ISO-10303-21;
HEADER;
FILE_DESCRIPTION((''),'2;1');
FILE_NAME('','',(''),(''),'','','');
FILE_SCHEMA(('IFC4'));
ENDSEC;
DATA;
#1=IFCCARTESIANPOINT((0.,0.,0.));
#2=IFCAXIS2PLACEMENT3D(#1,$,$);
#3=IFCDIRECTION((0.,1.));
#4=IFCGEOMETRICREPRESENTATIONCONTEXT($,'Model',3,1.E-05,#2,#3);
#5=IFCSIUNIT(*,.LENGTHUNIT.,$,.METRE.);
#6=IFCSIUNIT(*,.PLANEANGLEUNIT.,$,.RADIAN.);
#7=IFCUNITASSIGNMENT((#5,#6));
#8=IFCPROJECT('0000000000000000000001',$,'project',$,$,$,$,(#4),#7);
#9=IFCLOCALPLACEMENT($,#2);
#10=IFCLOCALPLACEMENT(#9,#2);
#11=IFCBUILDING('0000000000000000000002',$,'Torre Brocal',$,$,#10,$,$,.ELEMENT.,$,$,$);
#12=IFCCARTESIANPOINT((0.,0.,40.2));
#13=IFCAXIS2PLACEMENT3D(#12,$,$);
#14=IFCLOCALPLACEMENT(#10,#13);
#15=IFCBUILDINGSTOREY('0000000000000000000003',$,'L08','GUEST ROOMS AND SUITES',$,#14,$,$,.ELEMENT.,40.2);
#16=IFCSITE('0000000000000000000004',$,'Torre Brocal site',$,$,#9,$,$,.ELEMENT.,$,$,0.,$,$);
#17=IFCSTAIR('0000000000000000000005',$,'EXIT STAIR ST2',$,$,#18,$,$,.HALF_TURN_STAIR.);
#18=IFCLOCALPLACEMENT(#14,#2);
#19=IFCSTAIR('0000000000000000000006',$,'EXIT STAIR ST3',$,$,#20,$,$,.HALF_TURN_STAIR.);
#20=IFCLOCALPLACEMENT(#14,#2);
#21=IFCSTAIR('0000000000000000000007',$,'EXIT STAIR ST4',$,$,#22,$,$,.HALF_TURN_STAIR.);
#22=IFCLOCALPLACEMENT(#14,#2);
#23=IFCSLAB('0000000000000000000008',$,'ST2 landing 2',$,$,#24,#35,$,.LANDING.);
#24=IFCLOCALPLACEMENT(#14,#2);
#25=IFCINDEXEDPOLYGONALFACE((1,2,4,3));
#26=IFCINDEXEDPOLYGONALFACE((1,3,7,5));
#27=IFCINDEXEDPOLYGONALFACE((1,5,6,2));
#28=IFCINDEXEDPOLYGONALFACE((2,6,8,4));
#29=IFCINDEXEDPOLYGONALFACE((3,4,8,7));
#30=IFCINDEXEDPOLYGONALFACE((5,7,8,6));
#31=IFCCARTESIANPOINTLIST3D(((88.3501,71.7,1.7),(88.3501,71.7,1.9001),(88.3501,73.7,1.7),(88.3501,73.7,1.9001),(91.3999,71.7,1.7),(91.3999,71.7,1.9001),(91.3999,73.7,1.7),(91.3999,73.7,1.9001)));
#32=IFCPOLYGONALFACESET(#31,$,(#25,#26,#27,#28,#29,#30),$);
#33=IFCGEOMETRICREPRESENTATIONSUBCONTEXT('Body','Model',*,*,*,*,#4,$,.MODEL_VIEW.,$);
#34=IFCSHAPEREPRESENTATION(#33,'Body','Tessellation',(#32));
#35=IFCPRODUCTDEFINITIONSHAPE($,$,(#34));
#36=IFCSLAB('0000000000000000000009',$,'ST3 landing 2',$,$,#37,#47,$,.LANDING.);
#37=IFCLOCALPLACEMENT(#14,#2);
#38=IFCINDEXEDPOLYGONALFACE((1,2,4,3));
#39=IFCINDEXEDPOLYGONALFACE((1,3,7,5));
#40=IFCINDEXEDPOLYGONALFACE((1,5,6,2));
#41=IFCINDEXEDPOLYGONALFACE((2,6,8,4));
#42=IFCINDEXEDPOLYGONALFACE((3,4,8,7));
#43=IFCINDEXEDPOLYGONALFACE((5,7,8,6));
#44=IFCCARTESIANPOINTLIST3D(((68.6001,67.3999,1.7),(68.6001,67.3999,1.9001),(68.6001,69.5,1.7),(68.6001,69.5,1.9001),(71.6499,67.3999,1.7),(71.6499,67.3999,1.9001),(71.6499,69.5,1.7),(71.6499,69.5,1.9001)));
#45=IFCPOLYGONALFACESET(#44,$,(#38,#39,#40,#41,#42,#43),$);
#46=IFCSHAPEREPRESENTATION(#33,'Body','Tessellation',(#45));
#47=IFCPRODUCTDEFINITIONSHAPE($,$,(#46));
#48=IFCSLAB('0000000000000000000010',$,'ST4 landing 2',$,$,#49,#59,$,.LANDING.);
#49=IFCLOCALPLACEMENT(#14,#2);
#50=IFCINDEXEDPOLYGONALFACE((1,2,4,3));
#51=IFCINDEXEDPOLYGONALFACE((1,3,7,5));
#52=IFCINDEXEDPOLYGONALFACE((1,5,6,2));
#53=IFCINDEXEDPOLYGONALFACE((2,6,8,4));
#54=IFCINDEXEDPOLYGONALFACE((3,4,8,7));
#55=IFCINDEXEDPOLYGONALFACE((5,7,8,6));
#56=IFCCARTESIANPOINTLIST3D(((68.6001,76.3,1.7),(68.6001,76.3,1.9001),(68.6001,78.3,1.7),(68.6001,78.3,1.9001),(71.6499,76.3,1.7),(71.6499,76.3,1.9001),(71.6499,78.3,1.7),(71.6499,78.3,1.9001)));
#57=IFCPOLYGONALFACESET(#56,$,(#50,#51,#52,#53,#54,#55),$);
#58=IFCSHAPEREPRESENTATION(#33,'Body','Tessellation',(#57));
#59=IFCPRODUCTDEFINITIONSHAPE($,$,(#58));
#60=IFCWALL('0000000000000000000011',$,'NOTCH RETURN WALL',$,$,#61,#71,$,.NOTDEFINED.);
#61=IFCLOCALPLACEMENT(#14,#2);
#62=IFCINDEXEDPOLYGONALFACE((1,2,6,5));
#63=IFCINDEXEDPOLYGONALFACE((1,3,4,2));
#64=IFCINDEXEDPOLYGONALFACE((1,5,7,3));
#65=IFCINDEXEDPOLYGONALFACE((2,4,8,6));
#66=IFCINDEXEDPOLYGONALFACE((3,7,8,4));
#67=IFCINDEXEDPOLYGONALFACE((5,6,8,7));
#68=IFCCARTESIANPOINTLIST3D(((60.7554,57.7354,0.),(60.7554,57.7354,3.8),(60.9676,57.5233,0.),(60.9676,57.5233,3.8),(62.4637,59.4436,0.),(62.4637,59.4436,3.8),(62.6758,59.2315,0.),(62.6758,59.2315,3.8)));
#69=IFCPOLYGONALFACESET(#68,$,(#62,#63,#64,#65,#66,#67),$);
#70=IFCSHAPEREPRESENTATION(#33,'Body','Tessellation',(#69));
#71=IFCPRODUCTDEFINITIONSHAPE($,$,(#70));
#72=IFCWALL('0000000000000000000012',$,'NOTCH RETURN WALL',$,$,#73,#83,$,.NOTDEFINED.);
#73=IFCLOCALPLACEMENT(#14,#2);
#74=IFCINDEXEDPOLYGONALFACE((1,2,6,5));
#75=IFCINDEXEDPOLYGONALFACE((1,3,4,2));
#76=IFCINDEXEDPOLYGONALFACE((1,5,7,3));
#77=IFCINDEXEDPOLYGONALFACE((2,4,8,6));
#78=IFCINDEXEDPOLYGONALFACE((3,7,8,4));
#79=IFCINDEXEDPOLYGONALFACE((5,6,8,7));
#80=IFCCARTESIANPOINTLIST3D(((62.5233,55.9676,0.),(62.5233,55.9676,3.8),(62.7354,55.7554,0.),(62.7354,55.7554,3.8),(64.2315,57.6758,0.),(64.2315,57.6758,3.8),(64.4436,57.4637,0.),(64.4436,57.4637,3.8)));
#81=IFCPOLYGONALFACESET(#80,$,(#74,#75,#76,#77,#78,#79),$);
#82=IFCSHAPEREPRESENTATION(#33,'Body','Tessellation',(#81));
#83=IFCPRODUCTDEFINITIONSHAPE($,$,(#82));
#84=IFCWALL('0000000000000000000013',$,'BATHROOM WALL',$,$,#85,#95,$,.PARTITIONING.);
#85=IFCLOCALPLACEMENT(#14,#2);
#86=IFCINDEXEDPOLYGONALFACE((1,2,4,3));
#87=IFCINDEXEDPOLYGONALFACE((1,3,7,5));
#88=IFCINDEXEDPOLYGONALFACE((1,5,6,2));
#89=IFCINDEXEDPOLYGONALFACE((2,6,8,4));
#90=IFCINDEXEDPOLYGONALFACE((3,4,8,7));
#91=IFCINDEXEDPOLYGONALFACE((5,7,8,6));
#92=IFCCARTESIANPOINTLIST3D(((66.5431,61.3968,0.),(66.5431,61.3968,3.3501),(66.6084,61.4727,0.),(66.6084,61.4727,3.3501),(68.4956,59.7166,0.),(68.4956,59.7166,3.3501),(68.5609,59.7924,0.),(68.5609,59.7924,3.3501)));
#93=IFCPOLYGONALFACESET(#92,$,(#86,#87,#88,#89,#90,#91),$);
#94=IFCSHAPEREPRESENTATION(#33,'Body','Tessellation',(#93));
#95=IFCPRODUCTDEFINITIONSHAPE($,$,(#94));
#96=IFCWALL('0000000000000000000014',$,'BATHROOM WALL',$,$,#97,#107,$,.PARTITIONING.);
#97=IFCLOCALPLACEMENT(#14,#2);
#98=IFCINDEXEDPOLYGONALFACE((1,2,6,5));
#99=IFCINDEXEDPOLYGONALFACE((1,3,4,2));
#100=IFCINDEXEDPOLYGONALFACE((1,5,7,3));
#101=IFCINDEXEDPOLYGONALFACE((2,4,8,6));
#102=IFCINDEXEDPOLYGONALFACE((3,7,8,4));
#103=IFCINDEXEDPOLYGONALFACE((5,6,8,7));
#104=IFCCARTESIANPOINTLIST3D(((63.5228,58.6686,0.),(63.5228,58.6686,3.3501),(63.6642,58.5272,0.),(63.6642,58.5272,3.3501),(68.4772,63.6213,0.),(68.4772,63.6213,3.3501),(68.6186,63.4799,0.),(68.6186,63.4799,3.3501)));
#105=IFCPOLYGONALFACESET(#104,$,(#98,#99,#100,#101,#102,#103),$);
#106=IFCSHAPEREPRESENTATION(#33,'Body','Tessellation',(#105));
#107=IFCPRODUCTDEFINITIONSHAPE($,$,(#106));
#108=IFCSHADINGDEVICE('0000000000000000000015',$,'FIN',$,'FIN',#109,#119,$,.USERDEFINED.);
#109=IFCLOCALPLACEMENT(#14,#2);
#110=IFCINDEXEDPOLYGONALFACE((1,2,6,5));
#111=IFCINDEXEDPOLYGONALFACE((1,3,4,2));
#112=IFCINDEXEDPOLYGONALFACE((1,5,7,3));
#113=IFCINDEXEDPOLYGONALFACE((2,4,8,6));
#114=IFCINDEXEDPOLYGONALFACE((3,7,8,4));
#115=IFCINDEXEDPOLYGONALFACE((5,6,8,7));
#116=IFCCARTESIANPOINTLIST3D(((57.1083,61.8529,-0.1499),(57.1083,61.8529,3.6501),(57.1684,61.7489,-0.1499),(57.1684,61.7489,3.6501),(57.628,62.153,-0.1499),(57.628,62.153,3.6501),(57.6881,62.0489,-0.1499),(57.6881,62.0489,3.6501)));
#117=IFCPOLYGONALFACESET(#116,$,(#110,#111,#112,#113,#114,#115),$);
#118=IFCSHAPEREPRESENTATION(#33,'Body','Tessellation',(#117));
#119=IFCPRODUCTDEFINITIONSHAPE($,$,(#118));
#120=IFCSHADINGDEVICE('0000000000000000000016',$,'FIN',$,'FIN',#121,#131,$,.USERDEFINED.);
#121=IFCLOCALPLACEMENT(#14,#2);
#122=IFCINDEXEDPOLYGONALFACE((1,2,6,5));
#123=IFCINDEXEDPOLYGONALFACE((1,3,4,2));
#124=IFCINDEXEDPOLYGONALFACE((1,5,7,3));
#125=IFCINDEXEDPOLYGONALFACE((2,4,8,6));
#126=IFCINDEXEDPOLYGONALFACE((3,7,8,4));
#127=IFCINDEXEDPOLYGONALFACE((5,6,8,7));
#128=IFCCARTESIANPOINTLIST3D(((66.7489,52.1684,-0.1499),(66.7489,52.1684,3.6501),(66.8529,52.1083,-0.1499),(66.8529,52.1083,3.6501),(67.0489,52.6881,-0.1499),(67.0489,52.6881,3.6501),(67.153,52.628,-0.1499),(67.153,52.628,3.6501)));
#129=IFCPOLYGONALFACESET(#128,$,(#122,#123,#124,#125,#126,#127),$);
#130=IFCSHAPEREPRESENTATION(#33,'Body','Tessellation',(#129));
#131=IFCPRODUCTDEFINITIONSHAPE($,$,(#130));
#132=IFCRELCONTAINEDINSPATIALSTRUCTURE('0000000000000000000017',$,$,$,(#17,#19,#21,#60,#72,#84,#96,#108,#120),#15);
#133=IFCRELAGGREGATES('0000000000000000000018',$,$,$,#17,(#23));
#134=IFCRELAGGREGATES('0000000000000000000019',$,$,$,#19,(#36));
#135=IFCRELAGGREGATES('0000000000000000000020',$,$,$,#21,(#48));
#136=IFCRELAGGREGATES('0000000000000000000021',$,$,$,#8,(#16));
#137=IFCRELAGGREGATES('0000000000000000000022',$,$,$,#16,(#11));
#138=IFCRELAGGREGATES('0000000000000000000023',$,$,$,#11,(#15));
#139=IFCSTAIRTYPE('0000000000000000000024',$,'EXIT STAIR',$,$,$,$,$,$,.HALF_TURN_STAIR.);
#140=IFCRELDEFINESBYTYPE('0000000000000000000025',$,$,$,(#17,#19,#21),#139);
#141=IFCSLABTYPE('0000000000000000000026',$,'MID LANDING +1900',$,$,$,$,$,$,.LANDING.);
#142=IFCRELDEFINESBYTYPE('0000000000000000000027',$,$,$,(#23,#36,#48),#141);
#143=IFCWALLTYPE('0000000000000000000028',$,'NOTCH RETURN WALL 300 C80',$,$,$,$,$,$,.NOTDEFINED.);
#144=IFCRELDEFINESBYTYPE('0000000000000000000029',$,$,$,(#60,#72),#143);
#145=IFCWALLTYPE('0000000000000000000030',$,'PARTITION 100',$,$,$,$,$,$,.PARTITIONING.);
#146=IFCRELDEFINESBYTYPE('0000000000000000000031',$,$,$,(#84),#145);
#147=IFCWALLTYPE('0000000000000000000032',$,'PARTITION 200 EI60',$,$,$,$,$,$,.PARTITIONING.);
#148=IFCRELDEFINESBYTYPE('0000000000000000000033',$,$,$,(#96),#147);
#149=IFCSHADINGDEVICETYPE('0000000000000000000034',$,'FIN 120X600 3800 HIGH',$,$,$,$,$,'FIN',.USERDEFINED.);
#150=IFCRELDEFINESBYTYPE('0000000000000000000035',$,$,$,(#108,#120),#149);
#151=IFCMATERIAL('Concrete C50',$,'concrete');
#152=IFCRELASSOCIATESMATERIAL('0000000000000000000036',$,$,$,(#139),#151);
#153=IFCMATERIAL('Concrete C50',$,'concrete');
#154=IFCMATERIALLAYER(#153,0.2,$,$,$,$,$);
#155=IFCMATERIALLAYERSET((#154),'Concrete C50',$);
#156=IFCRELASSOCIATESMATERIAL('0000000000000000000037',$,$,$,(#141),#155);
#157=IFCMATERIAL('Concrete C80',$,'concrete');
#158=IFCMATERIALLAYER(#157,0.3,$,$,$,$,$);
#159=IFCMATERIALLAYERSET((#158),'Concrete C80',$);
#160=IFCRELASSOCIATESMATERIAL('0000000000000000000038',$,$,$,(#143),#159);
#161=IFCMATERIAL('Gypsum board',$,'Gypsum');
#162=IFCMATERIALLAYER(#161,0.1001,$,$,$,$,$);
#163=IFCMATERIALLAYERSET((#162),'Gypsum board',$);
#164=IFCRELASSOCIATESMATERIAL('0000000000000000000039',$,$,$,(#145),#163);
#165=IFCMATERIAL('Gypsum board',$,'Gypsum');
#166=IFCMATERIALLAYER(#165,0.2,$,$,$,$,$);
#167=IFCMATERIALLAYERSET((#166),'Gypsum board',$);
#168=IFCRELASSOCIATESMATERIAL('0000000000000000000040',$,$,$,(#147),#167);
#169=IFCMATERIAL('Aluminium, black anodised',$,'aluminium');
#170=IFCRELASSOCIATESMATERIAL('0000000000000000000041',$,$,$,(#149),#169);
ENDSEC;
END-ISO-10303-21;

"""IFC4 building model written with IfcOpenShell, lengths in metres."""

from ifc_helpers import new_model, si_unit, direction, frame, frame_2d, origin, origin_2d, place, context, subcontext, project, spatial, polyline, rectangle, outline, extrude, material, layer, layer_set, material_profile, profile_set, type_object, element, aggregate, save


model = new_model("IFC4")

# Units and contexts
model_context = context("Model", 3, precision=1e-05, world=origin(), true_north=direction((0.0, 1.0)))
body_context = subcontext(model_context, "Body", "Model", "MODEL_VIEW")
ifc_project = project(units=[si_unit("LENGTHUNIT", "METRE"), si_unit("PLANEANGLEUNIT", "RADIAN")], contexts=[model_context])

# Site, building, storey
site_placement = place(None, origin())
site = spatial("IfcSite", under=ifc_project, at=site_placement, Name="Torre Brocal site", CompositionType="ELEMENT", RefElevation=0.0)
building_placement = place(site_placement, origin())
building = spatial("IfcBuilding", under=site, at=building_placement, Name="Torre Brocal", CompositionType="ELEMENT")
storey_placement = place(building_placement, frame((0.0, 0.0, 40.2)))
storey = spatial("IfcBuildingStorey", under=building, at=storey_placement, Name="L08", Description="GUEST ROOMS AND SUITES", CompositionType="ELEMENT", Elevation=40.2)

# Stairs
ifc_material_1 = material(Name="Concrete C50", Category="concrete")
stair_type = type_object("IfcStairType", Name="EXIT STAIR", PredefinedType="HALF_TURN_STAIR", material=ifc_material_1)
stair_1_placement = place(storey_placement, origin())
stair_1 = element("IfcStair", 1, at=stair_1_placement, inside=storey, type_object=stair_type, Name="EXIT STAIR ST2", PredefinedType="HALF_TURN_STAIR")
stair_2_placement = place(storey_placement, origin())
stair_2 = element("IfcStair", 2, at=stair_2_placement, inside=storey, type_object=stair_type, Name="EXIT STAIR ST3", PredefinedType="HALF_TURN_STAIR")
stair_3_placement = place(storey_placement, origin())
stair_3 = element("IfcStair", 3, at=stair_3_placement, inside=storey, type_object=stair_type, Name="EXIT STAIR ST4", PredefinedType="HALF_TURN_STAIR")

# Slabs
ifc_material_2 = material(Name="Concrete C50", Category="concrete")
ifc_layer_1 = layer(ifc_material_2, 0.2)
ifc_layer_set_1 = layer_set([ifc_layer_1], Name="Concrete C50")
slab_type_1 = type_object("IfcSlabType", Name="MID LANDING +1900", PredefinedType="LANDING", material=ifc_layer_set_1)
slab_1_placement = place(storey_placement, frame((0.0, 0.0, 1.7)))
slab_1 = element("IfcSlab", 4, at=slab_1_placement, type_object=slab_type_1, Name="ST2 landing 2", PredefinedType="LANDING", context=body_context, shape_type="SweptSolid", body=[
    extrude(outline(polyline([(88.3501, 71.7), (91.3999, 71.7), (91.3999, 73.7), (88.3501, 73.7), (88.3501, 71.7)])), origin(), (0.0, 0.0, 1.0), 0.2002),
])
aggregate(stair_1, [slab_1])
slab_2_placement = place(storey_placement, frame((0.0, 0.0, 1.7)))
slab_2 = element("IfcSlab", 5, at=slab_2_placement, type_object=slab_type_1, Name="ST3 landing 2", PredefinedType="LANDING", context=body_context, shape_type="SweptSolid", body=[
    extrude(outline(polyline([(71.6499, 69.5), (68.6001, 69.5), (68.6001, 67.3999), (71.6499, 67.3999), (71.6499, 69.5)])), origin(), (0.0, 0.0, 1.0), 0.2002),
])
aggregate(stair_2, [slab_2])
slab_3_placement = place(storey_placement, frame((0.0, 0.0, 1.7)))
slab_3 = element("IfcSlab", 6, at=slab_3_placement, type_object=slab_type_1, Name="ST4 landing 2", PredefinedType="LANDING", context=body_context, shape_type="SweptSolid", body=[
    extrude(outline(polyline([(71.6499, 78.3), (68.6001, 78.3), (68.6001, 76.3), (71.6499, 76.3), (71.6499, 78.3)])), origin(), (0.0, 0.0, 1.0), 0.2002),
])
aggregate(stair_3, [slab_3])

# Walls
ifc_material_3 = material(Name="Concrete C80", Category="concrete")
ifc_layer_2 = layer(ifc_material_3, 0.3)
ifc_layer_set_2 = layer_set([ifc_layer_2], Name="Concrete C80")
wall_type_1 = type_object("IfcWallType", Name="NOTCH RETURN WALL 300 C80", PredefinedType="NOTDEFINED", material=ifc_layer_set_2)
for number, where, z_axis, x_axis, name in (
    (7, (62.5698, 59.3376, 0.0), (0.0, 0.0, 1.0), (-0.707107, -0.707107, 0.0), "NOTCH RETURN WALL"),
    (8, (64.3376, 57.5698, 0.0), (0.0, 0.0, 1.0), (-0.707107, -0.707107, 0.0), "NOTCH RETURN WALL"),
):
    element("IfcWall", number, at=place(storey_placement, frame(where, z_axis=z_axis, x_axis=x_axis)), inside=storey, type_object=wall_type_1, Name=name, PredefinedType="NOTDEFINED", context=body_context, shape_type="SweptSolid", body=[
        extrude(rectangle(XDim=2.4158, YDim=0.3, at=frame_2d((1.208, 0.0))), origin(), (0.0, 0.0, 1.0), 3.8),
    ])
ifc_material_4 = material(Name="Gypsum board", Category="Gypsum")
ifc_layer_3 = layer(ifc_material_4, 0.1001)
ifc_layer_set_3 = layer_set([ifc_layer_3], Name="Gypsum board")
wall_type_2 = type_object("IfcWallType", Name="PARTITION 100", PredefinedType="PARTITIONING", material=ifc_layer_set_3)
wall_1_placement = place(storey_placement, frame((66.5757, 61.4348, 0.0), z_axis=(0.0, 0.0, 1.0), x_axis=(0.757971, -0.652289, 0.0)))
element("IfcWall", 9, at=wall_1_placement, inside=storey, type_object=wall_type_2, Name="BATHROOM WALL", PredefinedType="PARTITIONING", context=body_context, shape_type="SweptSolid", body=[
    extrude(rectangle(XDim=2.5759, YDim=0.1001, at=frame_2d((1.2881, 0.0))), origin(), (0.0, 0.0, 1.0), 3.3501),
])
ifc_material_5 = material(Name="Gypsum board", Category="Gypsum")
ifc_layer_4 = layer(ifc_material_5, 0.2)
ifc_layer_set_4 = layer_set([ifc_layer_4], Name="Gypsum board")
wall_type_3 = type_object("IfcWallType", Name="PARTITION 200 EI60", PredefinedType="PARTITIONING", material=ifc_layer_set_4)
wall_2_placement = place(storey_placement, frame((63.5935, 58.5979, 0.0), z_axis=(0.0, 0.0, 1.0), x_axis=(0.707229, 0.706985, 0.0)))
element("IfcWall", 10, at=wall_2_placement, inside=storey, type_object=wall_type_3, Name="BATHROOM WALL", PredefinedType="PARTITIONING", context=body_context, shape_type="SweptSolid", body=[
    extrude(rectangle(XDim=7.0054, YDim=0.2, at=frame_2d((3.5027, 0.0))), origin(), (0.0, 0.0, 1.0), 3.3501),
])

# Shading devices
ifc_material_6 = material(Name="Aluminium, black anodised", Category="aluminium")
ifc_material_profile_1 = material_profile(ifc_material_6, rectangle(XDim=0.1201, YDim=0.6001, at=origin_2d()), Name="FIN 120X600 3800 HIGH")
ifc_profile_set_1 = profile_set([ifc_material_profile_1], Name="Aluminium, black anodised")
shading_device_type = type_object("IfcShadingDeviceType", Name="FIN 120X600 3800 HIGH", ElementType="FIN", PredefinedType="USERDEFINED", material=ifc_profile_set_1)
for number, where, z_axis, x_axis, name in (
    (11, (57.3982, 61.9509, -0.1499), (0.0, 0.0, 1.0), (0.5, -0.866025, 0.0), "FIN"),
    (12, (66.9509, 52.3982, -0.1499), (0.0, 0.0, 1.0), (0.866025, -0.5, 0.0), "FIN"),
):
    element("IfcShadingDevice", number, at=place(storey_placement, frame(where, z_axis=z_axis, x_axis=x_axis)), inside=storey, type_object=shading_device_type, Name=name, ObjectType="FIN", PredefinedType="USERDEFINED", context=body_context, shape_type="SweptSolid", body=[
        extrude(rectangle(XDim=0.1201, YDim=0.6001, at=origin_2d()), origin(), (0.0, 0.0, 1.0), 3.8),
    ])

save(model, "model.ifc")
